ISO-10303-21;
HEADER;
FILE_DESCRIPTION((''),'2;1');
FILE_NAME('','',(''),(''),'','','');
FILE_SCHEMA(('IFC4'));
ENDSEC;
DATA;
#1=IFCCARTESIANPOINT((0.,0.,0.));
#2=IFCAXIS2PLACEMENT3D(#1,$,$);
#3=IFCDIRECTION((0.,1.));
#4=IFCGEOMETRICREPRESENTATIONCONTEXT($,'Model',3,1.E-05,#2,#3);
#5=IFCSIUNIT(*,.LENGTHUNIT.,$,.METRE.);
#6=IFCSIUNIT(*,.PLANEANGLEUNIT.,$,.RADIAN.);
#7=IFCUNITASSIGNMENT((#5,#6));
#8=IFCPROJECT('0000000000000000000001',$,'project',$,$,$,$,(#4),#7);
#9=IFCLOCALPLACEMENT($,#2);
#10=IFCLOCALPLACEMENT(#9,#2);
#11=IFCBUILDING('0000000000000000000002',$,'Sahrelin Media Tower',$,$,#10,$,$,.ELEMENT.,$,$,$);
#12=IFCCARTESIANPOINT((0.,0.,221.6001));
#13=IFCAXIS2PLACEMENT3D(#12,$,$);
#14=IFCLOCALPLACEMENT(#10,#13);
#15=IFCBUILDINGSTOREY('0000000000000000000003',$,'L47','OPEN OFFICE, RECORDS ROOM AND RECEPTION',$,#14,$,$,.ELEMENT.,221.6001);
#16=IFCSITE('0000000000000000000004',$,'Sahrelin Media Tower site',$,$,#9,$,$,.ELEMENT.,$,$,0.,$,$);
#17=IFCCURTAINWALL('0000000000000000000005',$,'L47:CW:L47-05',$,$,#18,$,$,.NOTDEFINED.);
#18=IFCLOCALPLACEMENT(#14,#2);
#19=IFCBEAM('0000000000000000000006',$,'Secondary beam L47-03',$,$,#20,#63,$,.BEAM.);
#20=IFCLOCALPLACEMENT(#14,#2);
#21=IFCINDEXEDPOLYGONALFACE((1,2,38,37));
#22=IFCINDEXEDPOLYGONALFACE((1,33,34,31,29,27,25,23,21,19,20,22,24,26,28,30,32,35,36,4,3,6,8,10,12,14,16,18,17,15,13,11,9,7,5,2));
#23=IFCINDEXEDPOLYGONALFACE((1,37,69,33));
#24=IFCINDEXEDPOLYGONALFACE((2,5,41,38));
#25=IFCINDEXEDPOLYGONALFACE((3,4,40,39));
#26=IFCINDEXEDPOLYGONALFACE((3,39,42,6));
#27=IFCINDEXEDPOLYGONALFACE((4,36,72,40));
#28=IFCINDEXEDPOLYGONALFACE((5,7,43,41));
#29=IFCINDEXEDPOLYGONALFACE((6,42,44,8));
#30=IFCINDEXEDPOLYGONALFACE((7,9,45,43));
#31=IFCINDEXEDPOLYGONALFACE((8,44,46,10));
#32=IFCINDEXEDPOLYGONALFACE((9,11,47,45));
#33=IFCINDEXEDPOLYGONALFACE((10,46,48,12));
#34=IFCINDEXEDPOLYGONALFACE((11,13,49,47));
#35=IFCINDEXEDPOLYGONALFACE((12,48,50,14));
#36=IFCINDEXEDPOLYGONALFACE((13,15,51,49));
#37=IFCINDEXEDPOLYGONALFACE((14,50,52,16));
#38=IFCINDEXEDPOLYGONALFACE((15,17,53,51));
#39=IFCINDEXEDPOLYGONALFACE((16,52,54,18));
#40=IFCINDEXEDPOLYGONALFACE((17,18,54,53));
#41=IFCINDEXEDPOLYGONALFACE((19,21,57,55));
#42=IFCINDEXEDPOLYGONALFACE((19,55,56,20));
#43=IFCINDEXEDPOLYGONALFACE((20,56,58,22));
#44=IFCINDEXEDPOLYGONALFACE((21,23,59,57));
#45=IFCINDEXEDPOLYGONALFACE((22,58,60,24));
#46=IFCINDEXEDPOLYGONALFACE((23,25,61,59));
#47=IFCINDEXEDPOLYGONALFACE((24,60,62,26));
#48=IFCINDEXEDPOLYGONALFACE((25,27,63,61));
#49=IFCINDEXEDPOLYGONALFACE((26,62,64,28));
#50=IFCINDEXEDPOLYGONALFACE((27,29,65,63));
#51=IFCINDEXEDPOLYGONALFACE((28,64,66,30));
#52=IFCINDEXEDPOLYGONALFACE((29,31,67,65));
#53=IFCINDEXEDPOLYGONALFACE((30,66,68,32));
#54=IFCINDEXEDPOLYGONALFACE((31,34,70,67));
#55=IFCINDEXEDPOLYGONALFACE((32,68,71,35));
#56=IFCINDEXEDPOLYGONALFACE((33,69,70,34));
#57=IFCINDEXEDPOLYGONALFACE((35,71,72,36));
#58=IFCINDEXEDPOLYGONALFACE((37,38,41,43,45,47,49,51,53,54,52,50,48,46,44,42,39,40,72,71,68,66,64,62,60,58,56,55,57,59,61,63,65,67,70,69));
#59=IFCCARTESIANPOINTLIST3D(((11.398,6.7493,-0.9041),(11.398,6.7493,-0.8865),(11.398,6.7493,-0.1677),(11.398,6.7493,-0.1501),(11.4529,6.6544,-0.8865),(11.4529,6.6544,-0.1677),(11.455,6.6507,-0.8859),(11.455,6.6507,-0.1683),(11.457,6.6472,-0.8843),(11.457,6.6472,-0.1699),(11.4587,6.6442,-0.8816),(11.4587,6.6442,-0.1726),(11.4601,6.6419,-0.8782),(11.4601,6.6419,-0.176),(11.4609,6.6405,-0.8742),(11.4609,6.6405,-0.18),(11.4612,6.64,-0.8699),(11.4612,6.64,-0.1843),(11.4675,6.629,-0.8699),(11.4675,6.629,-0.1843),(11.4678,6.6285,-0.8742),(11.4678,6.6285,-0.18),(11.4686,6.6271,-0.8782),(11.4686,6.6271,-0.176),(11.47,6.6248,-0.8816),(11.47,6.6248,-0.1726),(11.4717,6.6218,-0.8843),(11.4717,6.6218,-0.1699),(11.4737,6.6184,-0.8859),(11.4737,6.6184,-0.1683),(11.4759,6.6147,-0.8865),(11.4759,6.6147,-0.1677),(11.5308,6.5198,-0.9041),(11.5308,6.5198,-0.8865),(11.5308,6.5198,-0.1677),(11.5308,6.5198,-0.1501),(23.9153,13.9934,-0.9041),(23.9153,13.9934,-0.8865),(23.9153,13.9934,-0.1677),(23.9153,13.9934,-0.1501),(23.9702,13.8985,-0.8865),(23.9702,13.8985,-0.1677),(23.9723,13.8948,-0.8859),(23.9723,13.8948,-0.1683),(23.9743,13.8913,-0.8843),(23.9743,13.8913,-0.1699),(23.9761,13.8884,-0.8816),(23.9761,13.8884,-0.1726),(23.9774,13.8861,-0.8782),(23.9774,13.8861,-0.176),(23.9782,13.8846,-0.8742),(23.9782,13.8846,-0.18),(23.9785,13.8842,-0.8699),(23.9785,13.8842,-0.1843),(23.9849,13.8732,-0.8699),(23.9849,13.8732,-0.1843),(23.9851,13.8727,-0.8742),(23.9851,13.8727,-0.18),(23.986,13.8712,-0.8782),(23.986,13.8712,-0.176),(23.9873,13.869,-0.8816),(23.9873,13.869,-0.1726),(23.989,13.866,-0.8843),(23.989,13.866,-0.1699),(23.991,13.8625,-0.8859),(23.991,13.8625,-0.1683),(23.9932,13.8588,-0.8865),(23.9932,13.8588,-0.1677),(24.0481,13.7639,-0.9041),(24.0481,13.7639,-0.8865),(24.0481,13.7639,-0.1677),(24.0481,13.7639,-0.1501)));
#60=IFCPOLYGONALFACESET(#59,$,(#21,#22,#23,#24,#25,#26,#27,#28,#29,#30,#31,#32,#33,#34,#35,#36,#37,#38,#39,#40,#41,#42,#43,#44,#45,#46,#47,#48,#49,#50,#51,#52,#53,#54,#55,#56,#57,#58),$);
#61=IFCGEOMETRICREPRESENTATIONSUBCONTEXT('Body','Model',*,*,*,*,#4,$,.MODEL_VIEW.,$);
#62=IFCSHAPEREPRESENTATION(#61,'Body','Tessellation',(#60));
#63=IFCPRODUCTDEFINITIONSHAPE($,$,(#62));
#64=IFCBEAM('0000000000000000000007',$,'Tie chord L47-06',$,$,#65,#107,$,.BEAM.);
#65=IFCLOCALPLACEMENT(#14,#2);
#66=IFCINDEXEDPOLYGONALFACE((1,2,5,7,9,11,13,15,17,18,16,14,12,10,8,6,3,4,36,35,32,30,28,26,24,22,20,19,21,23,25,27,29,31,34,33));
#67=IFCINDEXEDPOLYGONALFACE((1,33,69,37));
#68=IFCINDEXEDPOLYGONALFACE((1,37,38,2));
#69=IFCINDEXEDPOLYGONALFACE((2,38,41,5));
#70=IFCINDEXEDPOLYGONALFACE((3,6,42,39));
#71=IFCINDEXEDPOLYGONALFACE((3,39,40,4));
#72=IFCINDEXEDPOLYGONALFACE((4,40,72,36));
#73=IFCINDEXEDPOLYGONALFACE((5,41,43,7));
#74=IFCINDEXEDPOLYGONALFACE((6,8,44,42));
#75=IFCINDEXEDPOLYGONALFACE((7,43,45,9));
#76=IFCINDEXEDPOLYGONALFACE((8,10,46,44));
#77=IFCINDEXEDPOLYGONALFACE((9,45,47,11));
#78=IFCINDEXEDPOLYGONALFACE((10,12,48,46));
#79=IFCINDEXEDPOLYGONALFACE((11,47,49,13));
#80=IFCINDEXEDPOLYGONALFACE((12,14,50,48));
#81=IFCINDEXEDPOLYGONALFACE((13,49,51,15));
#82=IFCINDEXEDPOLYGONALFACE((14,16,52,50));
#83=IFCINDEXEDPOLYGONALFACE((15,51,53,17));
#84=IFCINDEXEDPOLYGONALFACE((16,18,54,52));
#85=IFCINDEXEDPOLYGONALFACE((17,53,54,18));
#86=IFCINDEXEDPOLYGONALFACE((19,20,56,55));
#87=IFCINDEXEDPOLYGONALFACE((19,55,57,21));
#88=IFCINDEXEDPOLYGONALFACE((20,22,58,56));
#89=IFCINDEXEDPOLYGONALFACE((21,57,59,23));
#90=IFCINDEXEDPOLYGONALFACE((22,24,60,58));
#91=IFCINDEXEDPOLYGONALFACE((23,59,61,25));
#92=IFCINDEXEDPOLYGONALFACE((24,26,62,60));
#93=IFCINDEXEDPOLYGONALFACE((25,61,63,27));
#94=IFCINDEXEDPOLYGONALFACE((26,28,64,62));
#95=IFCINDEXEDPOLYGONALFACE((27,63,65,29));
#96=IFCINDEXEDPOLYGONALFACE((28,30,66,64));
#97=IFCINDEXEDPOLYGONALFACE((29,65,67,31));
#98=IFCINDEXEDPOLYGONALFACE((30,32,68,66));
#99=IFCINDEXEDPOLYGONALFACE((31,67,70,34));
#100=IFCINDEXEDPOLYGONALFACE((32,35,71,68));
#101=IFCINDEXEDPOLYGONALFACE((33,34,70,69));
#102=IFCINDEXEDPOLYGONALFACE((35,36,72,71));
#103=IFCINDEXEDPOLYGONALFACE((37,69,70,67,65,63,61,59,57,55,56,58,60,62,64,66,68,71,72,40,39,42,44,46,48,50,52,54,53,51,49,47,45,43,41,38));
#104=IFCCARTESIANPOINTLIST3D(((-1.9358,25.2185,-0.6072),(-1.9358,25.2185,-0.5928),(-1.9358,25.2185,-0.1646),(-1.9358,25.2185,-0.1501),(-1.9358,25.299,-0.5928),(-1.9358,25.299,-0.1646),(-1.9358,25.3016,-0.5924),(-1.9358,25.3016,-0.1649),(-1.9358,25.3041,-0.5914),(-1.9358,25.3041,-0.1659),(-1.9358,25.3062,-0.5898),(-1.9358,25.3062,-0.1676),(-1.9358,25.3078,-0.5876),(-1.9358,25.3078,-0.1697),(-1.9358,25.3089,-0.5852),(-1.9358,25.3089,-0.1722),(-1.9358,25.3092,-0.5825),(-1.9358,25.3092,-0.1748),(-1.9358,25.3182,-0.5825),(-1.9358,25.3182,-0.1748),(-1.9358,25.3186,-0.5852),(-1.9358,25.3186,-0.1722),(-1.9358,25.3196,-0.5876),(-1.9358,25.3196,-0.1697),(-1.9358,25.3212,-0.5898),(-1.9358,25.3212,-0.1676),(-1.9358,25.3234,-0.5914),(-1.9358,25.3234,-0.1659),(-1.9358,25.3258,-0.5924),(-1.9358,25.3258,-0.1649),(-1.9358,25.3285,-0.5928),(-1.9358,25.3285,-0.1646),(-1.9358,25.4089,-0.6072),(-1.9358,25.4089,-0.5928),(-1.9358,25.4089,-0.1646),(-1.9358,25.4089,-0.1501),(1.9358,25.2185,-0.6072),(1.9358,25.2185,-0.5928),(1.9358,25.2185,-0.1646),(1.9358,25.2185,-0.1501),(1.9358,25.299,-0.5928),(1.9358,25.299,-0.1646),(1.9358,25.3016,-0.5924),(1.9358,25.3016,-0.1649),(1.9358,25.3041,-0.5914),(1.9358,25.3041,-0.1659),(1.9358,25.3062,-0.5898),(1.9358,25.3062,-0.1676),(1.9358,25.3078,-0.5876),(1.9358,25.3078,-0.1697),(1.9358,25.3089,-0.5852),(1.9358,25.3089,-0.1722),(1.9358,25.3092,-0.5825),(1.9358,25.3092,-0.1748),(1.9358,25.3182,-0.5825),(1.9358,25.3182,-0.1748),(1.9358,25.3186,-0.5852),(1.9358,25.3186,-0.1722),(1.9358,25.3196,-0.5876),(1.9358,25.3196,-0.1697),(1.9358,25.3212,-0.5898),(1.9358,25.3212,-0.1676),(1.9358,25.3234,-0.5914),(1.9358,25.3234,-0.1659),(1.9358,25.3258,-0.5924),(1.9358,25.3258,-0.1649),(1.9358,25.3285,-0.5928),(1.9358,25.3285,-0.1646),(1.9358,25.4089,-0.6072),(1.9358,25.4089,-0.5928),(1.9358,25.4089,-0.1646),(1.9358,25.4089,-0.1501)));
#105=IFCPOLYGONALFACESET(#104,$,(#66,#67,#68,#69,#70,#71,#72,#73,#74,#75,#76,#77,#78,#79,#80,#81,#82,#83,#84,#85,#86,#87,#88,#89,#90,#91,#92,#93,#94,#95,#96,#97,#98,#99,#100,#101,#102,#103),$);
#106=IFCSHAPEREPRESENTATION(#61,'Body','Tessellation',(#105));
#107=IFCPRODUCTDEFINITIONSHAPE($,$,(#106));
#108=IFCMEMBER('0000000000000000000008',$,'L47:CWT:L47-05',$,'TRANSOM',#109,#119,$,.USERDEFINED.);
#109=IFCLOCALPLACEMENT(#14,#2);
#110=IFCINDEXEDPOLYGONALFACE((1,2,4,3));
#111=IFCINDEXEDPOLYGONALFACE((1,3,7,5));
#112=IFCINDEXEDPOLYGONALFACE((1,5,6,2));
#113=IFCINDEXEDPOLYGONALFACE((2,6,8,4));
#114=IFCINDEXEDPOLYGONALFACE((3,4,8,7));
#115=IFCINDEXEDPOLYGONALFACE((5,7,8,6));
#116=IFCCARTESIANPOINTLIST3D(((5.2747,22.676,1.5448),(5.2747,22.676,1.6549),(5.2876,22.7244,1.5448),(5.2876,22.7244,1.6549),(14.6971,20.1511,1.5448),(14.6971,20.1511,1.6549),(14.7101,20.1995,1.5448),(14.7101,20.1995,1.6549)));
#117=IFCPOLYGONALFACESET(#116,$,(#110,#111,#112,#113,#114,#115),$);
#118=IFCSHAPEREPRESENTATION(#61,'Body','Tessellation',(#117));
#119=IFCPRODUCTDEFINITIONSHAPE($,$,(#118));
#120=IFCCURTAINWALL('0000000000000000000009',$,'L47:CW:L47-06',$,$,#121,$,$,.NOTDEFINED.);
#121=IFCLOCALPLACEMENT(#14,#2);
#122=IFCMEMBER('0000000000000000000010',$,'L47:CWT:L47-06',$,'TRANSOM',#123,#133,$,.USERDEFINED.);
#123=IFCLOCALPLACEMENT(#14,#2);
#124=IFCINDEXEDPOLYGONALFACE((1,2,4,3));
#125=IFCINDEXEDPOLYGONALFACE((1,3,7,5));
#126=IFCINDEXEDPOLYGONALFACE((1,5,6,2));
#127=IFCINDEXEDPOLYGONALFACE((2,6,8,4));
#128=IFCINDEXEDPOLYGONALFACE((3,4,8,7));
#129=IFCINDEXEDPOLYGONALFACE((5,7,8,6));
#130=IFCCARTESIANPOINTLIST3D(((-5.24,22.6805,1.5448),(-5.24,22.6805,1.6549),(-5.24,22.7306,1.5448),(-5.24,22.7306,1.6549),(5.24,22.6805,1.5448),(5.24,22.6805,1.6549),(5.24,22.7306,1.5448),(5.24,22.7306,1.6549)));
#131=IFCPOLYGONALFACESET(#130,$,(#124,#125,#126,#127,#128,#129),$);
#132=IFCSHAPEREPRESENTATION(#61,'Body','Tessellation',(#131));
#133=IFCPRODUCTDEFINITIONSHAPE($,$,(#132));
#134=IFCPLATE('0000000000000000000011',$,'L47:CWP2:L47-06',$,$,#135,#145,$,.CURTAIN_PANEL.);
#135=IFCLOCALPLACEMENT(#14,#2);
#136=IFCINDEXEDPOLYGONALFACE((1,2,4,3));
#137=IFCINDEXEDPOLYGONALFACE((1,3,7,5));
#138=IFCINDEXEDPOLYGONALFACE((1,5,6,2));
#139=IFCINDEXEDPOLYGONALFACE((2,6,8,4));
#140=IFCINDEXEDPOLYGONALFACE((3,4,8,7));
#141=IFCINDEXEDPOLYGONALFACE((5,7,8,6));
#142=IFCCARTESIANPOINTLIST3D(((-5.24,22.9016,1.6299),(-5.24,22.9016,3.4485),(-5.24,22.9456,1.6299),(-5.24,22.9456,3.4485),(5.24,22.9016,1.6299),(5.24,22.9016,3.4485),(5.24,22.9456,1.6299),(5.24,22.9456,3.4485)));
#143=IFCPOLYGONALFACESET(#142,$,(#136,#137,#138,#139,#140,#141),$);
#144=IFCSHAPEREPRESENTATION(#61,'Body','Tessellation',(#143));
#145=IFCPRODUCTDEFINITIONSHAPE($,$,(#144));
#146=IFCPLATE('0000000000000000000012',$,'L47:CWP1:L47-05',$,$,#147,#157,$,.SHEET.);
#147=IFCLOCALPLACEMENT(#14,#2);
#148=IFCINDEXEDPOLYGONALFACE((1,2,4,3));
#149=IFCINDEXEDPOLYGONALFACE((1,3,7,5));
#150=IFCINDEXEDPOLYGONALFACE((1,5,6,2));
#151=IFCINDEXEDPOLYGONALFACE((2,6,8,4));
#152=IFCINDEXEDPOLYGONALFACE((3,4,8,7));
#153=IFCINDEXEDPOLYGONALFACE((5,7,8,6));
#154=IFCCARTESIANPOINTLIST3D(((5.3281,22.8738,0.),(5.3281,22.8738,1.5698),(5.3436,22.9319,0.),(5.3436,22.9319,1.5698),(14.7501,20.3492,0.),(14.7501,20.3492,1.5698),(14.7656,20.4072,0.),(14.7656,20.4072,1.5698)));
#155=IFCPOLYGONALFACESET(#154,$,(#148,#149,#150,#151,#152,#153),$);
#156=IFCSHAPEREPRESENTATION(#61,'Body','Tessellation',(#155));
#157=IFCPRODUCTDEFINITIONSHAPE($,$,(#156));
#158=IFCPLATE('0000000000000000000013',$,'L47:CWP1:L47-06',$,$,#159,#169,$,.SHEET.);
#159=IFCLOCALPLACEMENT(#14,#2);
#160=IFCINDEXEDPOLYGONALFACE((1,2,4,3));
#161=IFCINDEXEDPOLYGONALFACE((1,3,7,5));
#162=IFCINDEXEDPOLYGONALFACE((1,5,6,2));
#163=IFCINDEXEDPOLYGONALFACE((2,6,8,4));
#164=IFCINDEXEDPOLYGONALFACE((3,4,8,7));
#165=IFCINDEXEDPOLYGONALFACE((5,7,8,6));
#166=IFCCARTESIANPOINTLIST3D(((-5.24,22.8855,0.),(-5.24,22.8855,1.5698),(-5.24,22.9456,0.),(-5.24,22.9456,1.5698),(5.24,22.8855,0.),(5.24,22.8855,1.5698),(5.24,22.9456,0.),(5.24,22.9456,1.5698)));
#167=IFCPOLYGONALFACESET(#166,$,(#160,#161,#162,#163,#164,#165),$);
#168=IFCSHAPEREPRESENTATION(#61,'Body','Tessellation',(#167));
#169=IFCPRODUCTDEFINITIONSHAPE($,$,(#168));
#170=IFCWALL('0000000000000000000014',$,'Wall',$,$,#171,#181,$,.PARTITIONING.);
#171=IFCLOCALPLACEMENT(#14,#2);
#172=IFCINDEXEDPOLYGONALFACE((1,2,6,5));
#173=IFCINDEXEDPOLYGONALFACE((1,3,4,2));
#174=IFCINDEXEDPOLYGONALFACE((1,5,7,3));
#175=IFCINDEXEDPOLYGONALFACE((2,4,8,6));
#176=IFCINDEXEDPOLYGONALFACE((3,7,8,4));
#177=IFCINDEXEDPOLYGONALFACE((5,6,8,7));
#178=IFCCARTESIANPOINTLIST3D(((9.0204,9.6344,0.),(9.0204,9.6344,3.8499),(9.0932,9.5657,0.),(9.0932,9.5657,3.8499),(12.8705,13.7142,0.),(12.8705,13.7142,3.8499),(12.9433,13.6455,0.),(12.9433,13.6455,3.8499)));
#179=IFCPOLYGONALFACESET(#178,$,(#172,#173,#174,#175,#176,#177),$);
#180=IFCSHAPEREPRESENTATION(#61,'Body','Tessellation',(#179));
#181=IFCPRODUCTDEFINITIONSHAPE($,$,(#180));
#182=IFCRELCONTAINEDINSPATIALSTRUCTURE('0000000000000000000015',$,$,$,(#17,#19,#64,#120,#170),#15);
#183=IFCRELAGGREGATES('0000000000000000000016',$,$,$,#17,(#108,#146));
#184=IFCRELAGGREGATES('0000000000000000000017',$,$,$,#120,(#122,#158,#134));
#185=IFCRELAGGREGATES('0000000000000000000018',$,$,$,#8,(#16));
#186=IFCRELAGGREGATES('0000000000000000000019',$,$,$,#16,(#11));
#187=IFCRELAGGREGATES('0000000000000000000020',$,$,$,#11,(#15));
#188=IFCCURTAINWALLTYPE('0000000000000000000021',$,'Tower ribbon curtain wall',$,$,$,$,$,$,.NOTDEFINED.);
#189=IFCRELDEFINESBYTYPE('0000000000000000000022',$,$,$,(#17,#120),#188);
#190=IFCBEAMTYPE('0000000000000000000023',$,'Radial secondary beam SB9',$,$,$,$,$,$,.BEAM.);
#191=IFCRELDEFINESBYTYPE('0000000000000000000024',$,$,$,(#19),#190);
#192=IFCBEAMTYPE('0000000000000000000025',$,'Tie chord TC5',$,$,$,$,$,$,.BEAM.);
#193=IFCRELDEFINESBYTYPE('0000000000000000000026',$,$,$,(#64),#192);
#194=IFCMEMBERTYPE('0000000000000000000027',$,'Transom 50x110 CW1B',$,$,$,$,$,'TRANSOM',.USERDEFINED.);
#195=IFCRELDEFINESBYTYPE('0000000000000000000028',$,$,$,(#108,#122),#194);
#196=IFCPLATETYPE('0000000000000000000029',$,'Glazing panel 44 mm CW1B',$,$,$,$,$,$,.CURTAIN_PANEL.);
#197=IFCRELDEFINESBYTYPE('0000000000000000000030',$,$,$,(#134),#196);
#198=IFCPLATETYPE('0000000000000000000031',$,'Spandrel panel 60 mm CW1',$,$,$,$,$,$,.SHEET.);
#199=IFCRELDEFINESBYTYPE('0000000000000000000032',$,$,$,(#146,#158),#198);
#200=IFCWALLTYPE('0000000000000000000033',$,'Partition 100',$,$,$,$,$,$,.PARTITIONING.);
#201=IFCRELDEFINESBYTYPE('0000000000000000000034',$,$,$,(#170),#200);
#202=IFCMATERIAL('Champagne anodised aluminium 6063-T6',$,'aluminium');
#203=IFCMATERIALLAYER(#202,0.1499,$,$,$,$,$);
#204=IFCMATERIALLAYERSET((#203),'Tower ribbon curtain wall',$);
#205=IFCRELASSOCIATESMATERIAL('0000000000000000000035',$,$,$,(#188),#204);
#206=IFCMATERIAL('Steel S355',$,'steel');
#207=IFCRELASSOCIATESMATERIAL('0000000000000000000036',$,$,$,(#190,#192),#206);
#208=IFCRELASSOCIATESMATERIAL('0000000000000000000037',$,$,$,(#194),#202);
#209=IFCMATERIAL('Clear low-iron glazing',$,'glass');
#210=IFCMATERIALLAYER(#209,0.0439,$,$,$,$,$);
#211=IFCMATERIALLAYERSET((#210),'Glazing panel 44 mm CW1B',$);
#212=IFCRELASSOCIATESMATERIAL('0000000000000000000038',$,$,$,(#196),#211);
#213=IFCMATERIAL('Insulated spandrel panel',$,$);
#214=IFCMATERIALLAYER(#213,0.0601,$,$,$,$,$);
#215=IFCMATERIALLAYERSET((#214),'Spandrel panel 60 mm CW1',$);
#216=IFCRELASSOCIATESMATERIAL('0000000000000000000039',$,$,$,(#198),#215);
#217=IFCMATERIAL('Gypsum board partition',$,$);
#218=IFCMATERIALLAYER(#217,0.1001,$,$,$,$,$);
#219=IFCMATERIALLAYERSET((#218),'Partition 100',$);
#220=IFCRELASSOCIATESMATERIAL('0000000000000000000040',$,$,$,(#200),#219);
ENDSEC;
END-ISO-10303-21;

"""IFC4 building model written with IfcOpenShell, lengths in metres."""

from ifc_helpers import new_model, si_unit, direction, frame, frame_2d, origin, origin_2d, place, context, subcontext, project, spatial, polyline, rectangle, i_section, outline, extrude, material, layer, layer_set, material_profile, profile_set, type_object, element, aggregate, save


model = new_model("IFC4")

# Units and contexts
model_context = context("Model", 3, precision=1e-05, world=origin(), true_north=direction((0.0, 1.0)))
body_context = subcontext(model_context, "Body", "Model", "MODEL_VIEW")
ifc_project = project(units=[si_unit("LENGTHUNIT", "METRE"), si_unit("PLANEANGLEUNIT", "RADIAN")], contexts=[model_context])

# Site, building, storey
site_placement = place(None, origin())
site = spatial("IfcSite", under=ifc_project, at=site_placement, Name="Sahrelin Media Tower site", CompositionType="ELEMENT", RefElevation=0.0)
building_placement = place(site_placement, origin())
building = spatial("IfcBuilding", under=site, at=building_placement, Name="Sahrelin Media Tower", CompositionType="ELEMENT")
storey_placement = place(building_placement, frame((0.0, 0.0, 221.6001)))
storey = spatial("IfcBuildingStorey", under=building, at=storey_placement, Name="L47", Description="OPEN OFFICE, RECORDS ROOM AND RECEPTION", CompositionType="ELEMENT", Elevation=221.6001)

# Shared definitions
ifc_material_1 = material(Name="Steel S355", Category="steel")

# Curtain wall
ifc_material_2 = material(Name="Champagne anodised aluminium 6063-T6", Category="aluminium")
ifc_layer_1 = layer(ifc_material_2, 0.1499)
ifc_layer_set_1 = layer_set([ifc_layer_1], Name="Tower ribbon curtain wall")
curtain_wall_type = type_object("IfcCurtainWallType", Name="Tower ribbon curtain wall", PredefinedType="NOTDEFINED", material=ifc_layer_set_1)
curtain_wall_1_placement = place(storey_placement, frame((10.0493, 21.6504, 0.0), z_axis=(0.0, 0.0, 1.0), x_axis=(1.0, 0.0, 0.0)))
curtain_wall_1 = element("IfcCurtainWall", 1, at=curtain_wall_1_placement, inside=storey, type_object=curtain_wall_type, Name="L47:CW:L47-05", PredefinedType="NOTDEFINED")

# Beams
ifc_material_profile_1 = material_profile(ifc_material_1, i_section(OverallWidth=0.2651, OverallDepth=0.7539, WebThickness=0.0127, FlangeThickness=0.0176, FilletRadius=0.0166, at=origin_2d()), Name="UB 762x267x147")
ifc_profile_set_1 = profile_set([ifc_material_profile_1], Name="Steel S355")
beam_type_1 = type_object("IfcBeamType", Name="Radial secondary beam SB9", PredefinedType="BEAM", material=ifc_profile_set_1)
beam_1_placement = place(storey_placement, frame((11.4644, 6.6345, -0.5271), z_axis=(0.865508, 0.500895, 0.0), x_axis=(-0.500895, 0.865508, 0.0)))
element("IfcBeam", 2, at=beam_1_placement, inside=storey, type_object=beam_type_1, Name="Secondary beam L47-03", PredefinedType="BEAM", context=body_context, shape_type="SweptSolid", body=[
    extrude(i_section(OverallWidth=0.2651, OverallDepth=0.7539, WebThickness=0.0127, FlangeThickness=0.0176, FilletRadius=0.0166, at=origin_2d()), origin(), (0.0, 0.0, 1.0), 14.4624),
])
ifc_material_profile_2 = material_profile(ifc_material_1, i_section(OverallWidth=0.1904, OverallDepth=0.457, WebThickness=0.009, FlangeThickness=0.0144, FilletRadius=0.0103, at=origin_2d()), Name="UB 457x191x74")
ifc_profile_set_2 = profile_set([ifc_material_profile_2], Name="Steel S355")
beam_type_2 = type_object("IfcBeamType", Name="Tie chord TC5", PredefinedType="BEAM", material=ifc_profile_set_2)
beam_2_placement = place(storey_placement, frame((1.9358, 25.3137, -0.3787), z_axis=(-1.0, 0.0, 0.0), x_axis=(0.0, -1.0, 0.0)))
element("IfcBeam", 3, at=beam_2_placement, inside=storey, type_object=beam_type_2, Name="Tie chord L47-06", PredefinedType="BEAM", context=body_context, shape_type="SweptSolid", body=[
    extrude(i_section(OverallWidth=0.1904, OverallDepth=0.457, WebThickness=0.009, FlangeThickness=0.0144, FilletRadius=0.0103, at=origin_2d()), origin(), (0.0, 0.0, 1.0), 3.8716),
])

# Member
ifc_material_profile_3 = material_profile(ifc_material_2, rectangle(XDim=0.05, YDim=0.1101, at=origin_2d()), Name="Transom 50x110")
ifc_profile_set_3 = profile_set([ifc_material_profile_3], Name="Champagne anodised aluminium 6063-T6")
member_type_1 = type_object("IfcMemberType", Name="Transom 50x110 CW1B", ElementType="TRANSOM", PredefinedType="USERDEFINED", material=ifc_profile_set_3)
member_1_placement = place(storey_placement, frame((14.7036, 20.1753, 1.5999), z_axis=(-0.965921, 0.258837, 0.0), x_axis=(-0.258837, -0.965921, 0.0)))
member_1 = element("IfcMember", 4, at=member_1_placement, type_object=member_type_1, Name="L47:CWT:L47-05", ObjectType="TRANSOM", PredefinedType="USERDEFINED", context=body_context, shape_type="SweptSolid", body=[
    extrude(rectangle(XDim=0.05, YDim=0.1101, at=origin_2d()), origin(), (0.0, 0.0, 1.0), 9.7549),
])

# Curtain wall, member, plate
curtain_wall_2_placement = place(storey_placement, frame((0.0, 22.9255, 0.0), z_axis=(0.0, 0.0, 1.0), x_axis=(1.0, 0.0, 0.0)))
curtain_wall_2 = element("IfcCurtainWall", 5, at=curtain_wall_2_placement, inside=storey, type_object=curtain_wall_type, Name="L47:CW:L47-06", PredefinedType="NOTDEFINED")
member_2_placement = place(storey_placement, frame((5.24, 22.7056, 1.5999), z_axis=(-1.0, 0.0, 0.0), x_axis=(0.0, -1.0, 0.0)))
member_2 = element("IfcMember", 6, at=member_2_placement, type_object=member_type_1, Name="L47:CWT:L47-06", ObjectType="TRANSOM", PredefinedType="USERDEFINED", context=body_context, shape_type="SweptSolid", body=[
    extrude(rectangle(XDim=0.05, YDim=0.1101, at=origin_2d()), origin(), (0.0, 0.0, 1.0), 10.48),
])
ifc_material_3 = material(Name="Clear low-iron glazing", Category="glass")
ifc_layer_2 = layer(ifc_material_3, 0.0439)
ifc_layer_set_2 = layer_set([ifc_layer_2], Name="Glazing panel 44 mm CW1B")
plate_type_1 = type_object("IfcPlateType", Name="Glazing panel 44 mm CW1B", PredefinedType="CURTAIN_PANEL", material=ifc_layer_set_2)
plate_1_placement = place(storey_placement, frame((5.24, 22.9456, 1.6299), z_axis=(0.0, 1.0, 0.0), x_axis=(-1.0, 0.0, 0.0)))
plate_1 = element("IfcPlate", 7, at=plate_1_placement, type_object=plate_type_1, Name="L47:CWP2:L47-06", PredefinedType="CURTAIN_PANEL", context=body_context, shape_type="SweptSolid", body=[
    extrude(outline(polyline([(0.0, 0.0), (10.48, 0.0), (10.48, 1.8186), (0.0, 1.8186), (0.0, 0.0)])), origin(), (0.0, 0.0, -1.0), 0.0439),
])

# Plates
ifc_material_4 = material(Name="Insulated spandrel panel")
ifc_layer_3 = layer(ifc_material_4, 0.0601)
ifc_layer_set_3 = layer_set([ifc_layer_3], Name="Spandrel panel 60 mm CW1")
plate_type_2 = type_object("IfcPlateType", Name="Spandrel panel 60 mm CW1", PredefinedType="SHEET", material=ifc_layer_set_3)
plate_2_placement = place(storey_placement, frame((14.7656, 20.4072, 0.0), z_axis=(0.25882, 0.965926, 0.0), x_axis=(-0.965926, 0.25882, 0.0)))
plate_2 = element("IfcPlate", 8, at=plate_2_placement, type_object=plate_type_2, Name="L47:CWP1:L47-05", PredefinedType="SHEET", context=body_context, shape_type="SweptSolid", body=[
    extrude(outline(polyline([(0.0, 0.0), (9.7544, 0.0), (9.7544, 1.5698), (0.0, 1.5698), (0.0, 0.0)])), origin(), (0.0, 0.0, -1.0), 0.0601),
])
aggregate(curtain_wall_1, [member_1, plate_2])
plate_3_placement = place(storey_placement, frame((5.24, 22.9456, 0.0), z_axis=(0.0, 1.0, 0.0), x_axis=(-1.0, 0.0, 0.0)))
plate_3 = element("IfcPlate", 9, at=plate_3_placement, type_object=plate_type_2, Name="L47:CWP1:L47-06", PredefinedType="SHEET", context=body_context, shape_type="SweptSolid", body=[
    extrude(outline(polyline([(0.0, 0.0), (10.48, 0.0), (10.48, 1.5698), (0.0, 1.5698), (0.0, 0.0)])), origin(), (0.0, 0.0, -1.0), 0.0601),
])
aggregate(curtain_wall_2, [member_2, plate_3, plate_1])

# Wall
ifc_material_5 = material(Name="Gypsum board partition")
ifc_layer_4 = layer(ifc_material_5, 0.1001)
ifc_layer_set_4 = layer_set([ifc_layer_4], Name="Partition 100")
wall_type = type_object("IfcWallType", Name="Partition 100", PredefinedType="PARTITIONING", material=ifc_layer_set_4)
wall_1_placement = place(storey_placement, frame((9.0569, 9.6001, 0.0), z_axis=(0.0, 0.0, 1.0), x_axis=(0.686333, 0.727287, 0.0)))
element("IfcWall", 10, at=wall_1_placement, inside=storey, type_object=wall_type, Name="Wall", PredefinedType="PARTITIONING", context=body_context, shape_type="SweptSolid", body=[
    extrude(rectangle(XDim=5.6096, YDim=0.1001, at=frame_2d((2.8047, 0.0))), origin(), (0.0, 0.0, 1.0), 3.8499),
])

save(model, "model.ifc")
